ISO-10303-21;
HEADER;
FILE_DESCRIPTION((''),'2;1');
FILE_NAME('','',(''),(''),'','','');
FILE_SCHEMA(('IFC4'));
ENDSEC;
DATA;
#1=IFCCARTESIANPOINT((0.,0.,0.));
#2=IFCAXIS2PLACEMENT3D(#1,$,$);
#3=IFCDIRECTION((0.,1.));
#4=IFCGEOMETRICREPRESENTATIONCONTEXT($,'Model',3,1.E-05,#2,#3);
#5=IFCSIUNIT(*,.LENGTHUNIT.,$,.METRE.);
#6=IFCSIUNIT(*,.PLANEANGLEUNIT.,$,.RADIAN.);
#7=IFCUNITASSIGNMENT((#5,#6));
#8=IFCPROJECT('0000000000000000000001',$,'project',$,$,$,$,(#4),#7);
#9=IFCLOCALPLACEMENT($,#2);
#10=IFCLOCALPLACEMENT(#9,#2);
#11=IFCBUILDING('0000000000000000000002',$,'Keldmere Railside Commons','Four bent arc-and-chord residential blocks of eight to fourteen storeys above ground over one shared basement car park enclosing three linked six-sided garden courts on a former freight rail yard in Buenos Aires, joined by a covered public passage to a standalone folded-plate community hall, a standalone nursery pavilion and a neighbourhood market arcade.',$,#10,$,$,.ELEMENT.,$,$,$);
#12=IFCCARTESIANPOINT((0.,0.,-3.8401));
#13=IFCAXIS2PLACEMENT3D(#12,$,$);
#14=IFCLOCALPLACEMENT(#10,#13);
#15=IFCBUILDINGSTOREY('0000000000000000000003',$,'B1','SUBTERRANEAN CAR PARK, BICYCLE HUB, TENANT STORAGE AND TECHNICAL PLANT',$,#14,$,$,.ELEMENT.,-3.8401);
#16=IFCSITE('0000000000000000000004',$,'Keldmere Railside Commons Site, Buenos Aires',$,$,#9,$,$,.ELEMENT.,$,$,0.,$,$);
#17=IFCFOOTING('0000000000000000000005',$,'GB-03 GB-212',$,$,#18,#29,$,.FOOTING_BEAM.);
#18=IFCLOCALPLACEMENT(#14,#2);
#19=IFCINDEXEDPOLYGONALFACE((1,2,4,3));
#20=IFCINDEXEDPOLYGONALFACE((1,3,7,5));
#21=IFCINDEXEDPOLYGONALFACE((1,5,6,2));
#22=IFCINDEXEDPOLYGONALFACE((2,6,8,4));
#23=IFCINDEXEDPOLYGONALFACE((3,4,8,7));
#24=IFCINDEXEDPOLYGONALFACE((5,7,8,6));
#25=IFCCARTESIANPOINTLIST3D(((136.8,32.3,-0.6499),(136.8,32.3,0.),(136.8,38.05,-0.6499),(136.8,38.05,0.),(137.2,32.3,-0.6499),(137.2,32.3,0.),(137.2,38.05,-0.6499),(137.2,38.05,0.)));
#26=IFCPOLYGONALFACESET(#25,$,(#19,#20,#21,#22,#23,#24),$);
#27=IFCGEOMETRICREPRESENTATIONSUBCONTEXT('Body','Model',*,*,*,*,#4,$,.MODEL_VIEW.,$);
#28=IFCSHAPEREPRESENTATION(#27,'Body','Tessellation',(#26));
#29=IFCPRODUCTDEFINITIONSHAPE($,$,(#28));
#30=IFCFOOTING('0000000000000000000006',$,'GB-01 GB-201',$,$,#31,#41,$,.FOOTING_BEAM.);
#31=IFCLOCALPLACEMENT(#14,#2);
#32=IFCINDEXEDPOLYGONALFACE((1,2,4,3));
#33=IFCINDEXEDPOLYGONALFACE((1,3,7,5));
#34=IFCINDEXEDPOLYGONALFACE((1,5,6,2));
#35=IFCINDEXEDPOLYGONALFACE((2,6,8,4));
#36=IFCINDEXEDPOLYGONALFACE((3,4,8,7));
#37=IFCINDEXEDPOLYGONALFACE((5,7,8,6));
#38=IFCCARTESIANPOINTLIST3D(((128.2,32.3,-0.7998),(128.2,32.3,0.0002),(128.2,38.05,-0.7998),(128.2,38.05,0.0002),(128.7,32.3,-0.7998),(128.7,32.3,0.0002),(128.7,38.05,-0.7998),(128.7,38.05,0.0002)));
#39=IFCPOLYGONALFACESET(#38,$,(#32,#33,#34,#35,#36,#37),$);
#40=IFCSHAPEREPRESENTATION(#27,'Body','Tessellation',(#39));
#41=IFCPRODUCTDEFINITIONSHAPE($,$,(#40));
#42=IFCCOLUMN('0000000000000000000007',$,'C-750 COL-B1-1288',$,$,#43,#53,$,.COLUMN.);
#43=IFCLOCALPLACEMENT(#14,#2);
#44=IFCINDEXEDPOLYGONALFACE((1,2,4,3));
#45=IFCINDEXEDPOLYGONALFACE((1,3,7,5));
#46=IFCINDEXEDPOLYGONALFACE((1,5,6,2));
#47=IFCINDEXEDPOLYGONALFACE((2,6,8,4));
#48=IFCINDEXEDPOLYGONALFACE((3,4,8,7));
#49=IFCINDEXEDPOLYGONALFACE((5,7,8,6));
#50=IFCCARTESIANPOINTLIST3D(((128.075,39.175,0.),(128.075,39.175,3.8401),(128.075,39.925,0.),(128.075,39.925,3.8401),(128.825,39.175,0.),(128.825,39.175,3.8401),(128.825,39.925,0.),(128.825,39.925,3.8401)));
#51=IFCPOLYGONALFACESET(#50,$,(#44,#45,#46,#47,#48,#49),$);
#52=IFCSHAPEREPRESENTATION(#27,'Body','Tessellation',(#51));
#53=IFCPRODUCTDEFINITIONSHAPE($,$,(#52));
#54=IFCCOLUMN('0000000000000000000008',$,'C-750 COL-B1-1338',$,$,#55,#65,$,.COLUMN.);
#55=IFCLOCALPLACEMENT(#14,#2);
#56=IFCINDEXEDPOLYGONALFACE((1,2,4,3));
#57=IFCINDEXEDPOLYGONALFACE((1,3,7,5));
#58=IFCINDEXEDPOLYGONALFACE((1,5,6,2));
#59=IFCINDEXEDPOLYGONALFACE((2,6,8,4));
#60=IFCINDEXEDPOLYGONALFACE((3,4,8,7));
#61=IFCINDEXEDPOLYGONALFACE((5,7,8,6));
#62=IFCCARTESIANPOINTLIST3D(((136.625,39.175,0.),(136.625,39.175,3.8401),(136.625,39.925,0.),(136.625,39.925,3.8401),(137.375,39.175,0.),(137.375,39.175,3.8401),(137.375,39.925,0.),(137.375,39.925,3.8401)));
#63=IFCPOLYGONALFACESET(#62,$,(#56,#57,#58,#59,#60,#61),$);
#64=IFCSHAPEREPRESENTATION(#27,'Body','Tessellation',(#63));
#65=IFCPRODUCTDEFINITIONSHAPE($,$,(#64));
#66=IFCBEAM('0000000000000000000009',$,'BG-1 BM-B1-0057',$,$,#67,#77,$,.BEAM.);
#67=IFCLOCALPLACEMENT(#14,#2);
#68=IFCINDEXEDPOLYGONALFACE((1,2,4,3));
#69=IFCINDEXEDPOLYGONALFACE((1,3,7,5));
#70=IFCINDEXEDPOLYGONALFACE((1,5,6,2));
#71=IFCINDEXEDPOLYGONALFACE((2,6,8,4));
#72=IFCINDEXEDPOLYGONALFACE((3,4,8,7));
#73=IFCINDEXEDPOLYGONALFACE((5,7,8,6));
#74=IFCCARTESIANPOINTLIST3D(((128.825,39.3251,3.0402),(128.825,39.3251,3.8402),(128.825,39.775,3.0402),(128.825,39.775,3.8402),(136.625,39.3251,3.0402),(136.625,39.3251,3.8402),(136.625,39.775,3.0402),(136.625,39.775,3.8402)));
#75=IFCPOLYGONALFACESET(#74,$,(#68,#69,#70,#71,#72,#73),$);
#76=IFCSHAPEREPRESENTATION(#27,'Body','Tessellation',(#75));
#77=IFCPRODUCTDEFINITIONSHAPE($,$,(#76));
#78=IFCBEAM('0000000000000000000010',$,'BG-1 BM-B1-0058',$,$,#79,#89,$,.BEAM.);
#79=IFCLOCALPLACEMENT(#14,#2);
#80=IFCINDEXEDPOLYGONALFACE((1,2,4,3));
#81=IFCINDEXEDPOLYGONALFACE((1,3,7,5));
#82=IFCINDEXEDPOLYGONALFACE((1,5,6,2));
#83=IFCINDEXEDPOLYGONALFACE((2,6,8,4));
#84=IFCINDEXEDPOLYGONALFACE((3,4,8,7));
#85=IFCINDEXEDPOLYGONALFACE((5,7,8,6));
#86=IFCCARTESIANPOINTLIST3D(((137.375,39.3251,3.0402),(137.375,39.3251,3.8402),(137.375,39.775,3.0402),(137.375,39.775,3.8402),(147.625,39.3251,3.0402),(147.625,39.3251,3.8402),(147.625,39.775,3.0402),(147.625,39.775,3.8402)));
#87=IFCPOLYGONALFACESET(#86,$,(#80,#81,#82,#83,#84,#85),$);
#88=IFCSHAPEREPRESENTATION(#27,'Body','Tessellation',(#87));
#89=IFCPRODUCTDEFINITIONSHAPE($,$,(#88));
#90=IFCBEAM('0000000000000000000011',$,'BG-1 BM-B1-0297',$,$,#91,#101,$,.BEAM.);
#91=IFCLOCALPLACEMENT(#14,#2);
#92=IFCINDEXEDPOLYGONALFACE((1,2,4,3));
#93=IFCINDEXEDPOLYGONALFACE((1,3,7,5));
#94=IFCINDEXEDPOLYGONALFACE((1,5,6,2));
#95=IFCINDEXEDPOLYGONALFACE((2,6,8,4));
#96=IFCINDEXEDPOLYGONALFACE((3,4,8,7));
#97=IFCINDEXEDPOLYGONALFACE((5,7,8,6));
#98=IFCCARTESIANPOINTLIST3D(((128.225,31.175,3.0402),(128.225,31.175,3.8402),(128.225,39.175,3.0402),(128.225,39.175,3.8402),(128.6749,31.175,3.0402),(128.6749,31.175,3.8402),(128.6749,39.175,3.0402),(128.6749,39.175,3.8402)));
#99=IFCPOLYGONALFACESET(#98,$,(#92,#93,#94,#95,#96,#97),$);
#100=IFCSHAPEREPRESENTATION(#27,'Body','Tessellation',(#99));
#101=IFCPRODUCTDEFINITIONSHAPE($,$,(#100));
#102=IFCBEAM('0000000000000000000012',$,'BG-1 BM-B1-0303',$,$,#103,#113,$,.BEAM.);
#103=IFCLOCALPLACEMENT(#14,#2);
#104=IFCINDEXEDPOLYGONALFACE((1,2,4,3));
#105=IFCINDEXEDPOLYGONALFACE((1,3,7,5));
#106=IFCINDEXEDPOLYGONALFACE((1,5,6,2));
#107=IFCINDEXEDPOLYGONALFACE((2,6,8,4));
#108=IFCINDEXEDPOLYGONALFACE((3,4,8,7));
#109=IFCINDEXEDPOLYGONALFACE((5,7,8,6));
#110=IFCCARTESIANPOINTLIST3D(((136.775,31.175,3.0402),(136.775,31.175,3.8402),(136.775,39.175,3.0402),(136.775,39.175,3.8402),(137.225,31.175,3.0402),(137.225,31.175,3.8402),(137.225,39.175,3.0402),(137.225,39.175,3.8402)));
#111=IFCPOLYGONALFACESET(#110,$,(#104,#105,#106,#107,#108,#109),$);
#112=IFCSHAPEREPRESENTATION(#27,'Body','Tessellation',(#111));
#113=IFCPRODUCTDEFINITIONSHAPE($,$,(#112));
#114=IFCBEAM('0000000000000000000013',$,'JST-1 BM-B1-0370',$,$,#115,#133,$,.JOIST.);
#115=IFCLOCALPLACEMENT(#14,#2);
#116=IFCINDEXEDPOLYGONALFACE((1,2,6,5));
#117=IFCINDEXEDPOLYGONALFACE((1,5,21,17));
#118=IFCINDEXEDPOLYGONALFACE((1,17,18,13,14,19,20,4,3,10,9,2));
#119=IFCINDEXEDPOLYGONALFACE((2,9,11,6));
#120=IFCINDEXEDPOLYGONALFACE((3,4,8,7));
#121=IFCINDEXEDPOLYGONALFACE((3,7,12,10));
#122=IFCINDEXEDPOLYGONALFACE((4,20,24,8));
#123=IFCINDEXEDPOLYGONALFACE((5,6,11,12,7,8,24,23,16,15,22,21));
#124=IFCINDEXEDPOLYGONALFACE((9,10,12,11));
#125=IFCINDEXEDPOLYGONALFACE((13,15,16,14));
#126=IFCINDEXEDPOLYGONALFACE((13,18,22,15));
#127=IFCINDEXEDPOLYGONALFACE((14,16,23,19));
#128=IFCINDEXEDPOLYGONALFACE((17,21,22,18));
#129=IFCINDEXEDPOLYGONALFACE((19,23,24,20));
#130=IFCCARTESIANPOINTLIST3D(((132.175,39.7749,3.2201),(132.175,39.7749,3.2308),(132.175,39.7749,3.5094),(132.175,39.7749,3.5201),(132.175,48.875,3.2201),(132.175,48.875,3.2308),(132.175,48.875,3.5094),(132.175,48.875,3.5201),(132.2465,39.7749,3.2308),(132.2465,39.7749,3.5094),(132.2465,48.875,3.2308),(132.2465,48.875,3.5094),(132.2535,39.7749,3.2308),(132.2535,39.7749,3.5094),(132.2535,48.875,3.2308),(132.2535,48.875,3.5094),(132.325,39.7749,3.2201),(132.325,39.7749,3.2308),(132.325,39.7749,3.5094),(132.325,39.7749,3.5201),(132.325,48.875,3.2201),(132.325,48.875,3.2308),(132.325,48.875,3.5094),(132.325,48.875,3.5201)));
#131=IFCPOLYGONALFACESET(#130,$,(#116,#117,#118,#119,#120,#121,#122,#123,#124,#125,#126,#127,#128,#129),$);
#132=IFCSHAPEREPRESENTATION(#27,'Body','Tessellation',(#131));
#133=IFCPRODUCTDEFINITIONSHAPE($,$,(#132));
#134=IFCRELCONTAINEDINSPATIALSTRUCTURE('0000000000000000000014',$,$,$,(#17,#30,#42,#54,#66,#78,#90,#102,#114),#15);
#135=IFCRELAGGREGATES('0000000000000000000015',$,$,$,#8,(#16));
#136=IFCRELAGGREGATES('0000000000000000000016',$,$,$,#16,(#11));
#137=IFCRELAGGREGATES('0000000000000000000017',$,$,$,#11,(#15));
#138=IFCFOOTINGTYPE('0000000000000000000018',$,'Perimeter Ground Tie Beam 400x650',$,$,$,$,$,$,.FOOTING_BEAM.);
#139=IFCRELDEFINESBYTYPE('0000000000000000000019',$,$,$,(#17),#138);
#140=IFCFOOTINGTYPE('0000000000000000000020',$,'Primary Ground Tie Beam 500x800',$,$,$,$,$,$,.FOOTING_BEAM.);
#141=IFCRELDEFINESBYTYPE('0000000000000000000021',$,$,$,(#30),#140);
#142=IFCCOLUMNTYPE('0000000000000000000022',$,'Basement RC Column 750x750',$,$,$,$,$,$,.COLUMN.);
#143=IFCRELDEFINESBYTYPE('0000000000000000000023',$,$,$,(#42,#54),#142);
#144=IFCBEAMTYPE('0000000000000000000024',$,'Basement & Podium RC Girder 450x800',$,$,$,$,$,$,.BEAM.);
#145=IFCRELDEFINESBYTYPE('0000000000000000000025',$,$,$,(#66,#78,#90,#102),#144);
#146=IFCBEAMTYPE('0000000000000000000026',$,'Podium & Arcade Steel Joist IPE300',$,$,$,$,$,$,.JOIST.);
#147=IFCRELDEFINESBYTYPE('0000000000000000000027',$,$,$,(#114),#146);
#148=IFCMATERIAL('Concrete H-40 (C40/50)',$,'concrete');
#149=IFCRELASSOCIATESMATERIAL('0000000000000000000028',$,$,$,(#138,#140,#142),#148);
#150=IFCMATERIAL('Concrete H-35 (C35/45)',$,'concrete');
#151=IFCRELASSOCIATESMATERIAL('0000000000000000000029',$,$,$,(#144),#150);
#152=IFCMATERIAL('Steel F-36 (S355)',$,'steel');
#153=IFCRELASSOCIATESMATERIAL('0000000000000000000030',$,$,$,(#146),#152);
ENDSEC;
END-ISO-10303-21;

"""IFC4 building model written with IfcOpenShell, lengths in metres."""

from ifc_helpers import new_model, si_unit, direction, frame, origin, origin_2d, place, context, subcontext, project, spatial, rectangle, i_section, extrude, material, material_profile, profile_set, type_object, element, save


model = new_model("IFC4")

# Units and contexts
model_context = context("Model", 3, precision=1e-05, world=origin(), true_north=direction((0.0, 1.0)))
body_context = subcontext(model_context, "Body", "Model", "MODEL_VIEW")
ifc_project = project(units=[si_unit("LENGTHUNIT", "METRE"), si_unit("PLANEANGLEUNIT", "RADIAN")], contexts=[model_context])

# Site, building, storey
site_placement = place(None, origin())
site = spatial("IfcSite", under=ifc_project, at=site_placement, Name="Keldmere Railside Commons Site, Buenos Aires", CompositionType="ELEMENT", RefElevation=0.0)
building_placement = place(site_placement, origin())
building = spatial("IfcBuilding", under=site, at=building_placement, Name="Keldmere Railside Commons", Description="Four bent arc-and-chord residential blocks of eight to fourteen storeys above ground over one shared basement car park enclosing three linked six-sided garden courts on a former freight rail yard in Buenos Aires, joined by a covered public passage to a standalone folded-plate community hall, a standalone nursery pavilion and a neighbourhood market arcade.", CompositionType="ELEMENT")
storey_placement = place(building_placement, frame((0.0, 0.0, -3.8401)))
storey = spatial("IfcBuildingStorey", under=building, at=storey_placement, Name="B1", Description="SUBTERRANEAN CAR PARK, BICYCLE HUB, TENANT STORAGE AND TECHNICAL PLANT", CompositionType="ELEMENT", Elevation=-3.8401)

# Footings
ifc_material_1 = material(Name="Concrete H-40 (C40/50)", Category="concrete")
footing_type_1 = type_object("IfcFootingType", Name="Perimeter Ground Tie Beam 400x650", PredefinedType="FOOTING_BEAM", material=ifc_material_1)
footing_1_placement = place(storey_placement, frame((137.0, 35.175, -0.6499), z_axis=(0.0, 0.0, 1.0), x_axis=(0.0, 1.0, 0.0)))
element("IfcFooting", 1, at=footing_1_placement, inside=storey, type_object=footing_type_1, Name="GB-03 GB-212", PredefinedType="FOOTING_BEAM", context=body_context, shape_type="SweptSolid", body=[
    extrude(rectangle(XDim=5.75, YDim=0.3999, at=origin_2d()), origin(), (0.0, 0.0, 1.0), 0.6499),
])
footing_type_2 = type_object("IfcFootingType", Name="Primary Ground Tie Beam 500x800", PredefinedType="FOOTING_BEAM", material=ifc_material_1)
footing_2_placement = place(storey_placement, frame((128.45, 35.175, -0.7998), z_axis=(0.0, 0.0, 1.0), x_axis=(0.0, 1.0, 0.0)))
element("IfcFooting", 2, at=footing_2_placement, inside=storey, type_object=footing_type_2, Name="GB-01 GB-201", PredefinedType="FOOTING_BEAM", context=body_context, shape_type="SweptSolid", body=[
    extrude(rectangle(XDim=5.75, YDim=0.5, at=origin_2d()), origin(), (0.0, 0.0, 1.0), 0.8),
])

# Columns
ifc_material_profile_1 = material_profile(ifc_material_1, rectangle(XDim=0.75, YDim=0.75, at=origin_2d()), Name="RC-750x750")
ifc_profile_set_1 = profile_set([ifc_material_profile_1], Name="Concrete H-40 (C40/50)")
column_type = type_object("IfcColumnType", Name="Basement RC Column 750x750", PredefinedType="COLUMN", material=ifc_profile_set_1)
for number, where, z_axis, x_axis, name in (
    (3, (128.45, 39.55, 0.0), (0.0, 0.0, 1.0), (1.0, 0.0, 0.0), "C-750 COL-B1-1288"),
    (4, (137.0, 39.55, 0.0), (0.0, 0.0, 1.0), (1.0, 0.0, 0.0), "C-750 COL-B1-1338"),
):
    element("IfcColumn", number, at=place(storey_placement, frame(where, z_axis=z_axis, x_axis=x_axis)), inside=storey, type_object=column_type, Name=name, PredefinedType="COLUMN", context=body_context, shape_type="SweptSolid", body=[
        extrude(rectangle(XDim=0.75, YDim=0.75, at=origin_2d()), origin(), (0.0, 0.0, 1.0), 3.8401),
    ])

# Beams
ifc_material_2 = material(Name="Concrete H-35 (C35/45)", Category="concrete")
ifc_material_profile_2 = material_profile(ifc_material_2, rectangle(XDim=0.45, YDim=0.8, at=origin_2d()), Name="RC-450x800")
ifc_profile_set_2 = profile_set([ifc_material_profile_2], Name="Concrete H-35 (C35/45)")
beam_type_1 = type_object("IfcBeamType", Name="Basement & Podium RC Girder 450x800", PredefinedType="BEAM", material=ifc_profile_set_2)
beam_1_placement = place(storey_placement, frame((128.825, 39.55, 3.4402), z_axis=(1.0, 0.0, 0.0), x_axis=(0.0, 1.0, 0.0)))
element("IfcBeam", 5, at=beam_1_placement, inside=storey, type_object=beam_type_1, Name="BG-1 BM-B1-0057", PredefinedType="BEAM", context=body_context, shape_type="SweptSolid", body=[
    extrude(rectangle(XDim=0.45, YDim=0.8, at=origin_2d()), origin(), (0.0, 0.0, 1.0), 7.8),
])
beam_2_placement = place(storey_placement, frame((137.375, 39.55, 3.4402), z_axis=(1.0, 0.0, 0.0), x_axis=(0.0, 1.0, 0.0)))
element("IfcBeam", 6, at=beam_2_placement, inside=storey, type_object=beam_type_1, Name="BG-1 BM-B1-0058", PredefinedType="BEAM", context=body_context, shape_type="SweptSolid", body=[
    extrude(rectangle(XDim=0.45, YDim=0.8, at=origin_2d()), origin(), (0.0, 0.0, 1.0), 10.25),
])
for number, where, z_axis, x_axis, name in (
    (7, (128.45, 31.175, 3.4402), (0.0, 1.0, 0.0), (-1.0, 0.0, 0.0), "BG-1 BM-B1-0297"),
    (8, (137.0, 31.175, 3.4402), (0.0, 1.0, 0.0), (-1.0, 0.0, 0.0), "BG-1 BM-B1-0303"),
):
    element("IfcBeam", number, at=place(storey_placement, frame(where, z_axis=z_axis, x_axis=x_axis)), inside=storey, type_object=beam_type_1, Name=name, PredefinedType="BEAM", context=body_context, shape_type="SweptSolid", body=[
        extrude(rectangle(XDim=0.45, YDim=0.8, at=origin_2d()), origin(), (0.0, 0.0, 1.0), 8.0),
    ])
ifc_material_3 = material(Name="Steel F-36 (S355)", Category="steel")
ifc_material_profile_3 = material_profile(ifc_material_3, i_section(OverallWidth=0.1499, OverallDepth=0.3, WebThickness=0.0071, FlangeThickness=0.0107, at=origin_2d()), Name="IPE-300")
ifc_profile_set_3 = profile_set([ifc_material_profile_3], Name="Steel F-36 (S355)")
beam_type_2 = type_object("IfcBeamType", Name="Podium & Arcade Steel Joist IPE300", PredefinedType="JOIST", material=ifc_profile_set_3)
beam_3_placement = place(storey_placement, frame((132.25, 39.7749, 3.3701), z_axis=(0.0, 1.0, 0.0), x_axis=(-1.0, 0.0, 0.0)))
element("IfcBeam", 9, at=beam_3_placement, inside=storey, type_object=beam_type_2, Name="JST-1 BM-B1-0370", PredefinedType="JOIST", context=body_context, shape_type="SweptSolid", body=[
    extrude(i_section(OverallWidth=0.1499, OverallDepth=0.3, WebThickness=0.0071, FlangeThickness=0.0107, at=origin_2d()), origin(), (0.0, 0.0, 1.0), 9.1001),
])

save(model, "model.ifc")
